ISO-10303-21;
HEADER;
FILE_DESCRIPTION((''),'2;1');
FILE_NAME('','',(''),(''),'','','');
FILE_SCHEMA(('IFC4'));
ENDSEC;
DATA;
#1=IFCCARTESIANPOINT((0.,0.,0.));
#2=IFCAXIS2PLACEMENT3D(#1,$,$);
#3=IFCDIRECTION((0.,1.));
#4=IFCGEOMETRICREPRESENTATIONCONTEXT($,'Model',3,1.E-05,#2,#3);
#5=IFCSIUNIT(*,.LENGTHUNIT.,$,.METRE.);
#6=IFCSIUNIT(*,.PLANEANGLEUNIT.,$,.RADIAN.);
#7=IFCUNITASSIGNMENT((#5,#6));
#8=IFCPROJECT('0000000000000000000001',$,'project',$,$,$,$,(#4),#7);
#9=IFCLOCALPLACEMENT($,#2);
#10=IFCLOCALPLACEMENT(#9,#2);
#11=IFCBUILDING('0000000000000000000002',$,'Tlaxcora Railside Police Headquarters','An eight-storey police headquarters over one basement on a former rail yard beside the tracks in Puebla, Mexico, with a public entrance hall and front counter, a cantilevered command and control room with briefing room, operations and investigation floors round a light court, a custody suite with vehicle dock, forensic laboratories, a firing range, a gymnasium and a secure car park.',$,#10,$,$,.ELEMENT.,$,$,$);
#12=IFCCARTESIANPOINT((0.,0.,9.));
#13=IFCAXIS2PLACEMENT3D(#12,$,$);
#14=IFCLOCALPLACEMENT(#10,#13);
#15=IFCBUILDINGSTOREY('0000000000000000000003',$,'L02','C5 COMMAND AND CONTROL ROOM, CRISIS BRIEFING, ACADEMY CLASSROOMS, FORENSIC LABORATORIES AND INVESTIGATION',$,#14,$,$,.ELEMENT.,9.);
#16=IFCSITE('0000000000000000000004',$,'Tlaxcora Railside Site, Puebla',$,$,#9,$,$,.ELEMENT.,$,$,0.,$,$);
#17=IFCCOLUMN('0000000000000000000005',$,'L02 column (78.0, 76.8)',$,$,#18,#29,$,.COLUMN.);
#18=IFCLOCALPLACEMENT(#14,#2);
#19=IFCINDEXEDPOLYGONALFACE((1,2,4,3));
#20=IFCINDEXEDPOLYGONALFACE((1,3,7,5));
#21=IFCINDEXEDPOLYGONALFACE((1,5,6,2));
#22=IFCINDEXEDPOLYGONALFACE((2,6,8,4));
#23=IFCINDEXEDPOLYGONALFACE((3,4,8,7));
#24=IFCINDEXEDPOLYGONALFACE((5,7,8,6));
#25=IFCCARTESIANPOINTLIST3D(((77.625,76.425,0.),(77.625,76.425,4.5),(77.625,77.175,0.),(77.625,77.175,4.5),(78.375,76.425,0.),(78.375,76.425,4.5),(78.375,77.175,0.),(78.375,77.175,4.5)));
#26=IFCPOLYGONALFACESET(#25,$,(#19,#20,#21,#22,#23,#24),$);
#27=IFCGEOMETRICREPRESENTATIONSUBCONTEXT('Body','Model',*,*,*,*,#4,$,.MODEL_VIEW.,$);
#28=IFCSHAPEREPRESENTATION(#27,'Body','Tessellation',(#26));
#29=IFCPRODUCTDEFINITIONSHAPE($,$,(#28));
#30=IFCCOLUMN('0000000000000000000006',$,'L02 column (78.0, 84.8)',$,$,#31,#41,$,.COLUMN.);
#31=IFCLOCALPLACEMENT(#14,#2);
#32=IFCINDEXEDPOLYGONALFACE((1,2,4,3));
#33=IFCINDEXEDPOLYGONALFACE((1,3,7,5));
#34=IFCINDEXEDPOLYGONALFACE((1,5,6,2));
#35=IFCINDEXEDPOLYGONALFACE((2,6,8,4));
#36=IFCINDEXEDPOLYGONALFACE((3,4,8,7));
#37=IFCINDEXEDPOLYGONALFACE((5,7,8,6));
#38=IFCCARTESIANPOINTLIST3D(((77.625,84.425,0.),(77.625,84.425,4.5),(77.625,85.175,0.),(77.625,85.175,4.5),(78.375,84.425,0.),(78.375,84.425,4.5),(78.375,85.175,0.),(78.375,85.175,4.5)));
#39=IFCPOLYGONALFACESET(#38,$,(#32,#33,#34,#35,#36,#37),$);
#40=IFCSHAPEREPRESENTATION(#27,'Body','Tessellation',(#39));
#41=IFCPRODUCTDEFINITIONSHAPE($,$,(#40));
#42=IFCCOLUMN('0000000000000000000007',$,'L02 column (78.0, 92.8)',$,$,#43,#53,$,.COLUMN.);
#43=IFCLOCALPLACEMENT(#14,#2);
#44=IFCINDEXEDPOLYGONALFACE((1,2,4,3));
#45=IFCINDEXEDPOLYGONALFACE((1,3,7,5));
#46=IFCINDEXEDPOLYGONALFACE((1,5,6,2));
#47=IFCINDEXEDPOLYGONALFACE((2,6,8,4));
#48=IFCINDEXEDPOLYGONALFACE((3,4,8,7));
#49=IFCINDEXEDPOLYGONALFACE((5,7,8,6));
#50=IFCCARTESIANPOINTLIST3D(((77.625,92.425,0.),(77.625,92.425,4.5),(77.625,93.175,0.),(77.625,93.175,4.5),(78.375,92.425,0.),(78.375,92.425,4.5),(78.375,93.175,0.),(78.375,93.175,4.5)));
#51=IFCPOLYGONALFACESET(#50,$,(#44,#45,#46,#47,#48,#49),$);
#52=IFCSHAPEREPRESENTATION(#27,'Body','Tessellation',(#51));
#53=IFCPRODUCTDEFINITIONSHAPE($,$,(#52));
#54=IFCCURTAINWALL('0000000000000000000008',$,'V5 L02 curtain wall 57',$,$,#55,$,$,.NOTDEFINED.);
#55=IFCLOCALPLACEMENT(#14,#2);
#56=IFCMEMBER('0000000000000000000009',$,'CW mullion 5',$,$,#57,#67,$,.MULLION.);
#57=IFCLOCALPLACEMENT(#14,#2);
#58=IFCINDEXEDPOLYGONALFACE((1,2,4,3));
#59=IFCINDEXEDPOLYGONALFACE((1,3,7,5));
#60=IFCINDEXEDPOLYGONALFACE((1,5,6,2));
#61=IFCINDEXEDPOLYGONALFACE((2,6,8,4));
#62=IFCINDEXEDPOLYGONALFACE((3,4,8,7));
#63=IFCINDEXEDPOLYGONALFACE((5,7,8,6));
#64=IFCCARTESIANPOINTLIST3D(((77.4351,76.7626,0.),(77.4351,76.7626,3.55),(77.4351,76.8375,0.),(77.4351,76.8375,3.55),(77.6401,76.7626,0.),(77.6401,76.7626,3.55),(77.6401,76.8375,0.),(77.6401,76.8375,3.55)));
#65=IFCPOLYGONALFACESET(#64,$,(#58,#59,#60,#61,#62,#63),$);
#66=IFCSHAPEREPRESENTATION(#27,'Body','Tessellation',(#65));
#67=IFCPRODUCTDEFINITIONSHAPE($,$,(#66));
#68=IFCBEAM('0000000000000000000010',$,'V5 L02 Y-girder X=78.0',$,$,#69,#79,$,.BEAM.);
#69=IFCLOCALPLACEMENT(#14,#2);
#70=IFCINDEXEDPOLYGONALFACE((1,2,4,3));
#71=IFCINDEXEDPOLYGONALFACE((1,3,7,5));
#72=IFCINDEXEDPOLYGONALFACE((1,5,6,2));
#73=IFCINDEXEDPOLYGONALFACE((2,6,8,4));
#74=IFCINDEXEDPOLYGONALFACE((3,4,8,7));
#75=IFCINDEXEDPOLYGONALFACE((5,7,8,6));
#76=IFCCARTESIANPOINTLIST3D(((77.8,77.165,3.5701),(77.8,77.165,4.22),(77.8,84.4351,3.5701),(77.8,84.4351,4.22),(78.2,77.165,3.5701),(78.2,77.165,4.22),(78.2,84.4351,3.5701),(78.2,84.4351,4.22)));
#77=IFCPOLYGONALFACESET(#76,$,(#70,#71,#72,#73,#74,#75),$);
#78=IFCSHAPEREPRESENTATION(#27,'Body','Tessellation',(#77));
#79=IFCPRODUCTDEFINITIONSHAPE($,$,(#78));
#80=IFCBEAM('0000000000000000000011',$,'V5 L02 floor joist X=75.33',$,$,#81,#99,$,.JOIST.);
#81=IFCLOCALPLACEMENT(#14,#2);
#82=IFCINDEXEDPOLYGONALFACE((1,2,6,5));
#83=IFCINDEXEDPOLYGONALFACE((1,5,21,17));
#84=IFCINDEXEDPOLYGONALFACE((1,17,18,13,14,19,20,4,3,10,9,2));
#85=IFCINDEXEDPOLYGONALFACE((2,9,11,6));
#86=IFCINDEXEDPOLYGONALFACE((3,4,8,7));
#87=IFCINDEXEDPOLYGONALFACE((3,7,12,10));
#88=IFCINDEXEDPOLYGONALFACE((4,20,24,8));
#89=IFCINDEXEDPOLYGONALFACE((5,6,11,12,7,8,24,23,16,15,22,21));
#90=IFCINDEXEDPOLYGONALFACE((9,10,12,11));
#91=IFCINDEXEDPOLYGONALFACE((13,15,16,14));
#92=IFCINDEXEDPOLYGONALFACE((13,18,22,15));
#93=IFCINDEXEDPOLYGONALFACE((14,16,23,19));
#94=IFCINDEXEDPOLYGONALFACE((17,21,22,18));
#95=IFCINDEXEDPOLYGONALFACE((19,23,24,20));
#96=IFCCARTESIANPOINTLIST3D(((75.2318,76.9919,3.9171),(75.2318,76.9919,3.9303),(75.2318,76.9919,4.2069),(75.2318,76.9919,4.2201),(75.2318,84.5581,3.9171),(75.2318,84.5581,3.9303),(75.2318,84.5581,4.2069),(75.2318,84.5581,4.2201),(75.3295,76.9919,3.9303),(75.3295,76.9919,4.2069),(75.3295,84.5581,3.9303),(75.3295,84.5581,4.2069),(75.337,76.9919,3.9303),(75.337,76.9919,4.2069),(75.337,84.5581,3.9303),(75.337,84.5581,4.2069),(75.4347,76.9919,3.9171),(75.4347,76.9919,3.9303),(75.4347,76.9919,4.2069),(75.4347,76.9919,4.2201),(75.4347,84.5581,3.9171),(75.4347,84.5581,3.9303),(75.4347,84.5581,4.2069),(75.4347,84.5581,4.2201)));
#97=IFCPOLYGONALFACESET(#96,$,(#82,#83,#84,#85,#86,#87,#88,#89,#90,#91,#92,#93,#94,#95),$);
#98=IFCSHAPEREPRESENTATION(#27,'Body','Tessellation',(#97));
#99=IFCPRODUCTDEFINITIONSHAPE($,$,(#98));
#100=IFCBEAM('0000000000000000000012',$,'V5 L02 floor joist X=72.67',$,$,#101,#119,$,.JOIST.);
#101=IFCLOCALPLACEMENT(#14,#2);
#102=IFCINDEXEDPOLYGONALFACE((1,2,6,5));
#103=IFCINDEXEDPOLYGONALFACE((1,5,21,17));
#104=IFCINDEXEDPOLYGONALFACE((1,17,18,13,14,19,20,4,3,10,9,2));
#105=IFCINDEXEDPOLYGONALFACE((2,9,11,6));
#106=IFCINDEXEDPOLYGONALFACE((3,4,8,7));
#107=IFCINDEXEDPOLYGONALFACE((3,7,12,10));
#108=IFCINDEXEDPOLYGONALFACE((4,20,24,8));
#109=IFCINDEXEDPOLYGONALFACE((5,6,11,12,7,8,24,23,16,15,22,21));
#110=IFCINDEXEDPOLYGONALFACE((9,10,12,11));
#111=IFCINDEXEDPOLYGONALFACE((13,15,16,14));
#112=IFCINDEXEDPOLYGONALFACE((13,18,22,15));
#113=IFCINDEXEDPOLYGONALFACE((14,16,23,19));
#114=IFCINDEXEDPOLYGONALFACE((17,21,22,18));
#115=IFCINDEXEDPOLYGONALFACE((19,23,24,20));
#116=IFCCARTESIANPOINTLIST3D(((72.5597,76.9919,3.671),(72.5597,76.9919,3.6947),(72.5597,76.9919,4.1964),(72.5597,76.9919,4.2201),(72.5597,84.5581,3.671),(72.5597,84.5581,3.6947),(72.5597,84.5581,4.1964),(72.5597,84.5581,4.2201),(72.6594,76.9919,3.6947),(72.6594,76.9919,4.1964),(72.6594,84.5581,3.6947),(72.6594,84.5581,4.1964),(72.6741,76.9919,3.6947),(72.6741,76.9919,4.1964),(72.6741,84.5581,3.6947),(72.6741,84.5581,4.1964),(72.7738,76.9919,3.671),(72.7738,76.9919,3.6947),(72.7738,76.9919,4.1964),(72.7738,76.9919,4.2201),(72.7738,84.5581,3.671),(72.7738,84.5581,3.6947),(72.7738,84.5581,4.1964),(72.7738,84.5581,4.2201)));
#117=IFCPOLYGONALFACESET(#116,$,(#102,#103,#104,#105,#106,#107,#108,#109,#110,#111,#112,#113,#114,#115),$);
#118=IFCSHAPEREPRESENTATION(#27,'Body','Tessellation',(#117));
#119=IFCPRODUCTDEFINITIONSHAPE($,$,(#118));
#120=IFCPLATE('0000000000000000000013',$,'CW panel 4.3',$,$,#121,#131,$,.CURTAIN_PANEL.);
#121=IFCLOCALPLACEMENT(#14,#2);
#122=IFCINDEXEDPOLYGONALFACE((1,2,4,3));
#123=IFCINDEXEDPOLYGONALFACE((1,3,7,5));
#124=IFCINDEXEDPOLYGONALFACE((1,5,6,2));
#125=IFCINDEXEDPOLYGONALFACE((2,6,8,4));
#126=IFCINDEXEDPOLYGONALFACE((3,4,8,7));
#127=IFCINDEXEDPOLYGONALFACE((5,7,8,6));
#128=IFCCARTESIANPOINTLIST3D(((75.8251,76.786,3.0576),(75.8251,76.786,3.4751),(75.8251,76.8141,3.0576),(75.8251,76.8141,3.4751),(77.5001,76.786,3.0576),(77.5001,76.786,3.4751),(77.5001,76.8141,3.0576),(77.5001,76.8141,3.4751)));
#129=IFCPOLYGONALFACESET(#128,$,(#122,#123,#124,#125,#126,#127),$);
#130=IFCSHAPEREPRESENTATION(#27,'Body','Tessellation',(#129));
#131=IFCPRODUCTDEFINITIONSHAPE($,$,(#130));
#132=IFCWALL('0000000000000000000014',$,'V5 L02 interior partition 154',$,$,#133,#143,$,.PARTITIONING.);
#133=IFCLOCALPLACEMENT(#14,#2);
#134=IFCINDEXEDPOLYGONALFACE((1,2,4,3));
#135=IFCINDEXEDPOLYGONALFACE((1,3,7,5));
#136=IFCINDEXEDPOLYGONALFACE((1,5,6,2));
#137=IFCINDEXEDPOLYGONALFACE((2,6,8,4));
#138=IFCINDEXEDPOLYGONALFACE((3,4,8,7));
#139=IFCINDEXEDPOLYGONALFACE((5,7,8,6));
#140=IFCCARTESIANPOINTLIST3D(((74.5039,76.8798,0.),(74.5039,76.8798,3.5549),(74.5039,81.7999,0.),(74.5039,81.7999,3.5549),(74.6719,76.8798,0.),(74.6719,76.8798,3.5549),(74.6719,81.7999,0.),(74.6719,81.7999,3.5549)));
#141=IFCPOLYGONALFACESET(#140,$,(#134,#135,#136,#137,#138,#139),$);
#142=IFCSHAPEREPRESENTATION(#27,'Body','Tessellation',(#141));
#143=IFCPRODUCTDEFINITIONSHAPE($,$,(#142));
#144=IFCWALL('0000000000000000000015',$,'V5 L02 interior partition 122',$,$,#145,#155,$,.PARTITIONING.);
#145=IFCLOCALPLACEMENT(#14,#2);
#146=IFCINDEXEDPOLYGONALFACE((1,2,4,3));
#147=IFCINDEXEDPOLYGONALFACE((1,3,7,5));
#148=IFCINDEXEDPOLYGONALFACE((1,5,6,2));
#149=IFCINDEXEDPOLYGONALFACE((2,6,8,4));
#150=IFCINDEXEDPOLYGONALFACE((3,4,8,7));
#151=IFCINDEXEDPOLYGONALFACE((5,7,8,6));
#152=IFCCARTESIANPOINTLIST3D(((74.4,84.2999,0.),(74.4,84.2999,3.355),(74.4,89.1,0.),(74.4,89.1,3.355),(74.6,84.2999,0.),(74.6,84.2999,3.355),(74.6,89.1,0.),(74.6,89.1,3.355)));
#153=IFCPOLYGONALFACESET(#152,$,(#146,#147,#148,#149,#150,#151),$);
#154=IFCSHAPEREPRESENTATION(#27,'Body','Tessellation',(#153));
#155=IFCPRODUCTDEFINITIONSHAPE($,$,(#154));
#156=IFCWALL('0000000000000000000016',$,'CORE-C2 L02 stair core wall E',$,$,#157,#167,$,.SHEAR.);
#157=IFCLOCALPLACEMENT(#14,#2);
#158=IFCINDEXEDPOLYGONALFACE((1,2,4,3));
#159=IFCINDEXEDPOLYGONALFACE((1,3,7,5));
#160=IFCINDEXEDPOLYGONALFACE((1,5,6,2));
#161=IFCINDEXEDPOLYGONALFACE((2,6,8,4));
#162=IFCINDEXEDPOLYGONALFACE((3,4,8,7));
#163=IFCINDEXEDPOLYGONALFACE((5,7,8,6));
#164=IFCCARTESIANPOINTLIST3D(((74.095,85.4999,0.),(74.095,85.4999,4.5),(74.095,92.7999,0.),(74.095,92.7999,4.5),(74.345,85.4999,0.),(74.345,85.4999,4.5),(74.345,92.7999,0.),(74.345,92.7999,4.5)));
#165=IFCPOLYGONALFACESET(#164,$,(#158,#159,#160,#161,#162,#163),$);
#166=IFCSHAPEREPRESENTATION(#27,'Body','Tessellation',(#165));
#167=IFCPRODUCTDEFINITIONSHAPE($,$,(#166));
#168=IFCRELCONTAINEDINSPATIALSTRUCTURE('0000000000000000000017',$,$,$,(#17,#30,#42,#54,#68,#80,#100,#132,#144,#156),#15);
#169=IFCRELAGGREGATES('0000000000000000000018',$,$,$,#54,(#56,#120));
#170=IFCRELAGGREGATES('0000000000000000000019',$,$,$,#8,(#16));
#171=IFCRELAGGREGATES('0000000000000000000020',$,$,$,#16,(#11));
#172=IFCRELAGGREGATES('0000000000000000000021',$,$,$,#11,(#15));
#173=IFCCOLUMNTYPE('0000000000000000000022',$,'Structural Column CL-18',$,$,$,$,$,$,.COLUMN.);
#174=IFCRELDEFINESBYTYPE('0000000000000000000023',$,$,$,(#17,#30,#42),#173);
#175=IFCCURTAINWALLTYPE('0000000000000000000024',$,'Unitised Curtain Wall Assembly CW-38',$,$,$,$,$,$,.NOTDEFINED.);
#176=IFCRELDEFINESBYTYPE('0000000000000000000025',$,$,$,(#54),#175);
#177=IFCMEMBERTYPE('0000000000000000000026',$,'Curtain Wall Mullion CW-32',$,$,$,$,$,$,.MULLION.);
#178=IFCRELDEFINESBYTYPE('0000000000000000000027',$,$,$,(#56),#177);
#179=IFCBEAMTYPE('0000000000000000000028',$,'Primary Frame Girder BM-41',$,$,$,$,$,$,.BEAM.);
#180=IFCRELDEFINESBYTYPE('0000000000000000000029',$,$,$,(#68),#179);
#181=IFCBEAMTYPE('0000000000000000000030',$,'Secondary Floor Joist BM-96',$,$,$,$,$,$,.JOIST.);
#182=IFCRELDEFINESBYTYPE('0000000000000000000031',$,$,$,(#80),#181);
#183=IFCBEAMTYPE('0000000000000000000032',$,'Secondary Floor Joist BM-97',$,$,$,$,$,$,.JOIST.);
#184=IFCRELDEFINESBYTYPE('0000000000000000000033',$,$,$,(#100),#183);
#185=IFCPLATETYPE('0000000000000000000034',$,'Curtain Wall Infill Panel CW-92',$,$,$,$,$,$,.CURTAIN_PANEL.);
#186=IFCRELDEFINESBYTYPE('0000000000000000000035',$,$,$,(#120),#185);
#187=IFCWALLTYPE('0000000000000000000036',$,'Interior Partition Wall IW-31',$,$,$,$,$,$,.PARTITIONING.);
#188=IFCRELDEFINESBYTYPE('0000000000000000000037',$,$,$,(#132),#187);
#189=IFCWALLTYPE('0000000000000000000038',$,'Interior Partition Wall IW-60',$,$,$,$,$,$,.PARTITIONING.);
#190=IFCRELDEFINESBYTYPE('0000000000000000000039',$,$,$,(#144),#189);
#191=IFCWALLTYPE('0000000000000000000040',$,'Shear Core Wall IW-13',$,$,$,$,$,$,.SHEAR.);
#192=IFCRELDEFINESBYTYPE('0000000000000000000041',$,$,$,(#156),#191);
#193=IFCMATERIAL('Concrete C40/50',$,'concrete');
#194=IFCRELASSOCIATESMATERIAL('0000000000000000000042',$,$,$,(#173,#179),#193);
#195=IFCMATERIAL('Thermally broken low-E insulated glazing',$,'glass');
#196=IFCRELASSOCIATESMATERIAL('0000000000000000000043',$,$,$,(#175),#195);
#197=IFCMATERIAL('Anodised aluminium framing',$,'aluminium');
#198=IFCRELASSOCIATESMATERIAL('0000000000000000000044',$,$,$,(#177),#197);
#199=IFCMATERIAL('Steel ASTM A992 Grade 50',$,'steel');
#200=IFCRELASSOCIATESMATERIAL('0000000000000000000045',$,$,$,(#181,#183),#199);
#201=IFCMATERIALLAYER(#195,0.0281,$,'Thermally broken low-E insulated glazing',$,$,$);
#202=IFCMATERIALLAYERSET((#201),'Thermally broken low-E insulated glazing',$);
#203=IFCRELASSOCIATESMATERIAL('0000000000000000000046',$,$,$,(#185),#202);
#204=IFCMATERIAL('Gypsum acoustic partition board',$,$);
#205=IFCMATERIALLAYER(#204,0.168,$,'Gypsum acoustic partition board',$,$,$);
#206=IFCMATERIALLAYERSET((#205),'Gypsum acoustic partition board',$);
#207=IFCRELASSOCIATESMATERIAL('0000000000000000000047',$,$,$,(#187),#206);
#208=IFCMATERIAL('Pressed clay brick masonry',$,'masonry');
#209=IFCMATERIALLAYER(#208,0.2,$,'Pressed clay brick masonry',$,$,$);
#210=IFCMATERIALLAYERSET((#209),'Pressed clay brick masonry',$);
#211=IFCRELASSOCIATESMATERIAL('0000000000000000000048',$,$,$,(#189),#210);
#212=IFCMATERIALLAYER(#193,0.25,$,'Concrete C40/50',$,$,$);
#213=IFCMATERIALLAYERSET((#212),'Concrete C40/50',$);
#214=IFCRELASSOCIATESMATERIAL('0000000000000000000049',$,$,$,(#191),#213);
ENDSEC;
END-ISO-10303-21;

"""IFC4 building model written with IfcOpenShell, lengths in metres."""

from ifc_helpers import new_model, si_unit, direction, frame, frame_2d, origin, origin_2d, place, context, subcontext, project, spatial, rectangle, i_section, extrude, material, layer, layer_set, material_profile, profile_set, type_object, element, aggregate, save


model = new_model("IFC4")

# Units and contexts
model_context = context("Model", 3, precision=1e-05, world=origin(), true_north=direction((0.0, 1.0)))
body_context = subcontext(model_context, "Body", "Model", "MODEL_VIEW")
ifc_project = project(units=[si_unit("LENGTHUNIT", "METRE"), si_unit("PLANEANGLEUNIT", "RADIAN")], contexts=[model_context])

# Site, building, storey
site_placement = place(None, origin())
site = spatial("IfcSite", under=ifc_project, at=site_placement, Name="Tlaxcora Railside Site, Puebla", CompositionType="ELEMENT", RefElevation=0.0)
building_placement = place(site_placement, origin())
building = spatial("IfcBuilding", under=site, at=building_placement, Name="Tlaxcora Railside Police Headquarters", Description="An eight-storey police headquarters over one basement on a former rail yard beside the tracks in Puebla, Mexico, with a public entrance hall and front counter, a cantilevered command and control room with briefing room, operations and investigation floors round a light court, a custody suite with vehicle dock, forensic laboratories, a firing range, a gymnasium and a secure car park.", CompositionType="ELEMENT")
storey_placement = place(building_placement, frame((0.0, 0.0, 9.0)))
storey = spatial("IfcBuildingStorey", under=building, at=storey_placement, Name="L02", Description="C5 COMMAND AND CONTROL ROOM, CRISIS BRIEFING, ACADEMY CLASSROOMS, FORENSIC LABORATORIES AND INVESTIGATION", CompositionType="ELEMENT", Elevation=9.0)

# Columns
ifc_material_1 = material(Name="Concrete C40/50", Category="concrete")
ifc_material_profile_1 = material_profile(ifc_material_1, rectangle(XDim=0.75, YDim=0.75, at=origin_2d()), Name="RC750X750")
ifc_profile_set_1 = profile_set([ifc_material_profile_1], Name="Concrete C40/50")
column_type = type_object("IfcColumnType", Name="Structural Column CL-18", PredefinedType="COLUMN", material=ifc_profile_set_1)
for number, where, z_axis, x_axis, name in (
    (1, (78.0, 76.8, 0.0), (0.0, 0.0, 1.0), (1.0, 0.0, 0.0), "L02 column (78.0, 76.8)"),
    (2, (78.0, 84.8, 0.0), (0.0, 0.0, 1.0), (1.0, 0.0, 0.0), "L02 column (78.0, 84.8)"),
    (3, (78.0, 92.8, 0.0), (0.0, 0.0, 1.0), (1.0, 0.0, 0.0), "L02 column (78.0, 92.8)"),
):
    element("IfcColumn", number, at=place(storey_placement, frame(where, z_axis=z_axis, x_axis=x_axis)), inside=storey, type_object=column_type, Name=name, PredefinedType="COLUMN", context=body_context, shape_type="SweptSolid", body=[
        extrude(rectangle(XDim=0.75, YDim=0.75, at=origin_2d()), origin(), (0.0, 0.0, 1.0), 4.5),
    ])

# Curtain wall, member
ifc_material_2 = material(Name="Thermally broken low-E insulated glazing", Category="glass")
curtain_wall_type = type_object("IfcCurtainWallType", Name="Unitised Curtain Wall Assembly CW-38", PredefinedType="NOTDEFINED", material=ifc_material_2)
curtain_wall_placement = place(storey_placement, origin())
curtain_wall = element("IfcCurtainWall", 4, at=curtain_wall_placement, inside=storey, type_object=curtain_wall_type, Name="V5 L02 curtain wall 57", PredefinedType="NOTDEFINED")
ifc_material_3 = material(Name="Anodised aluminium framing", Category="aluminium")
ifc_material_profile_2 = material_profile(ifc_material_3, rectangle(XDim=0.075, YDim=0.2051, at=origin_2d()), Name="AL75X205")
ifc_profile_set_2 = profile_set([ifc_material_profile_2], Name="Anodised aluminium framing")
member_type = type_object("IfcMemberType", Name="Curtain Wall Mullion CW-32", PredefinedType="MULLION", material=ifc_profile_set_2)
member_placement = place(storey_placement, frame((77.5376, 76.8, 0.0), z_axis=(0.0, 0.0, 1.0), x_axis=(0.0, 1.0, 0.0)))
member = element("IfcMember", 5, at=member_placement, type_object=member_type, Name="CW mullion 5", PredefinedType="MULLION", context=body_context, shape_type="SweptSolid", body=[
    extrude(rectangle(XDim=0.075, YDim=0.2051, at=origin_2d()), origin(), (0.0, 0.0, 1.0), 3.55),
])

# Beams
ifc_material_profile_3 = material_profile(ifc_material_1, rectangle(XDim=0.3999, YDim=0.6499, at=origin_2d()), Name="RC400X650")
ifc_profile_set_3 = profile_set([ifc_material_profile_3], Name="Concrete C40/50")
beam_type_1 = type_object("IfcBeamType", Name="Primary Frame Girder BM-41", PredefinedType="BEAM", material=ifc_profile_set_3)
beam_1_placement = place(storey_placement, frame((78.0, 77.165, 3.895), z_axis=(0.0, 1.0, 0.0), x_axis=(-1.0, 0.0, 0.0)))
element("IfcBeam", 6, at=beam_1_placement, inside=storey, type_object=beam_type_1, Name="V5 L02 Y-girder X=78.0", PredefinedType="BEAM", context=body_context, shape_type="SweptSolid", body=[
    extrude(rectangle(XDim=0.3999, YDim=0.6499, at=origin_2d()), origin(), (0.0, 0.0, 1.0), 7.27),
])
ifc_material_4 = material(Name="Steel ASTM A992 Grade 50", Category="steel")
ifc_material_profile_4 = material_profile(ifc_material_4, i_section(OverallWidth=0.2029, OverallDepth=0.303, WebThickness=0.0076, FlangeThickness=0.0132, at=origin_2d()), Name="W12X40")
ifc_profile_set_4 = profile_set([ifc_material_profile_4], Name="Steel ASTM A992 Grade 50")
beam_type_2 = type_object("IfcBeamType", Name="Secondary Floor Joist BM-96", PredefinedType="JOIST", material=ifc_profile_set_4)
beam_2_placement = place(storey_placement, frame((75.3333, 76.9919, 4.0686), z_axis=(0.0, 1.0, 0.0), x_axis=(-1.0, 0.0, 0.0)))
element("IfcBeam", 7, at=beam_2_placement, inside=storey, type_object=beam_type_2, Name="V5 L02 floor joist X=75.33", PredefinedType="JOIST", context=body_context, shape_type="SweptSolid", body=[
    extrude(i_section(OverallWidth=0.2029, OverallDepth=0.303, WebThickness=0.0076, FlangeThickness=0.0132, at=origin_2d()), origin(), (0.0, 0.0, 1.0), 7.5662),
])
ifc_material_profile_5 = material_profile(ifc_material_4, i_section(OverallWidth=0.2141, OverallDepth=0.5491, WebThickness=0.0146, FlangeThickness=0.0237, at=origin_2d()), Name="W21X93")
ifc_profile_set_5 = profile_set([ifc_material_profile_5], Name="Steel ASTM A992 Grade 50")
beam_type_3 = type_object("IfcBeamType", Name="Secondary Floor Joist BM-97", PredefinedType="JOIST", material=ifc_profile_set_5)
beam_3_placement = place(storey_placement, frame((72.6667, 76.9919, 3.9456), z_axis=(0.0, 1.0, 0.0), x_axis=(-1.0, 0.0, 0.0)))
element("IfcBeam", 8, at=beam_3_placement, inside=storey, type_object=beam_type_3, Name="V5 L02 floor joist X=72.67", PredefinedType="JOIST", context=body_context, shape_type="SweptSolid", body=[
    extrude(i_section(OverallWidth=0.2141, OverallDepth=0.5491, WebThickness=0.0146, FlangeThickness=0.0237, at=origin_2d()), origin(), (0.0, 0.0, 1.0), 7.5662),
])

# Plate
ifc_layer_1 = layer(ifc_material_2, 0.0281, Name="Thermally broken low-E insulated glazing")
ifc_layer_set_1 = layer_set([ifc_layer_1], Name="Thermally broken low-E insulated glazing")
plate_type = type_object("IfcPlateType", Name="Curtain Wall Infill Panel CW-92", PredefinedType="CURTAIN_PANEL", material=ifc_layer_set_1)
plate_placement = place(storey_placement, frame((76.6626, 76.8, 3.0576), z_axis=(0.0, 0.0, 1.0), x_axis=(1.0, 0.0, 0.0)))
plate = element("IfcPlate", 9, at=plate_placement, type_object=plate_type, Name="CW panel 4.3", PredefinedType="CURTAIN_PANEL", context=body_context, shape_type="SweptSolid", body=[
    extrude(rectangle(XDim=1.675, YDim=0.0281, at=origin_2d()), origin(), (0.0, 0.0, 1.0), 0.4175),
])
aggregate(curtain_wall, [member, plate])

# Wall
ifc_material_5 = material(Name="Gypsum acoustic partition board")
ifc_layer_2 = layer(ifc_material_5, 0.168, Name="Gypsum acoustic partition board")
ifc_layer_set_2 = layer_set([ifc_layer_2], Name="Gypsum acoustic partition board")
wall_type_1 = type_object("IfcWallType", Name="Interior Partition Wall IW-31", PredefinedType="PARTITIONING", material=ifc_layer_set_2)
wall_1_placement = place(storey_placement, frame((74.5879, 76.8799, 0.0), z_axis=(0.0, 0.0, 1.0), x_axis=(0.0, 1.0, 0.0)))
element("IfcWall", 10, at=wall_1_placement, inside=storey, type_object=wall_type_1, Name="V5 L02 interior partition 154", PredefinedType="PARTITIONING", context=body_context, shape_type="SweptSolid", body=[
    extrude(rectangle(XDim=4.9202, YDim=0.168, at=frame_2d((2.46, 0.0))), origin(), (0.0, 0.0, 1.0), 3.5549),
])

# Shared definitions
ifc_material_6 = material(Name="Pressed clay brick masonry", Category="masonry")
ifc_layer_3 = layer(ifc_material_6, 0.2, Name="Pressed clay brick masonry")
ifc_layer_set_3 = layer_set([ifc_layer_3], Name="Pressed clay brick masonry")
wall_type_2 = type_object("IfcWallType", Name="Interior Partition Wall IW-60", PredefinedType="PARTITIONING", material=ifc_layer_set_3)

# Walls
wall_2_placement = place(storey_placement, frame((74.5, 84.3, 0.0), z_axis=(0.0, 0.0, 1.0), x_axis=(0.0, 1.0, 0.0)))
element("IfcWall", 11, at=wall_2_placement, inside=storey, type_object=wall_type_2, Name="V5 L02 interior partition 122", PredefinedType="PARTITIONING", context=body_context, shape_type="SweptSolid", body=[
    extrude(rectangle(XDim=4.8, YDim=0.2, at=frame_2d((2.3999, 0.0))), origin(), (0.0, 0.0, 1.0), 3.355),
])
ifc_layer_4 = layer(ifc_material_1, 0.25, Name="Concrete C40/50")
ifc_layer_set_4 = layer_set([ifc_layer_4], Name="Concrete C40/50")
wall_type_3 = type_object("IfcWallType", Name="Shear Core Wall IW-13", PredefinedType="SHEAR", material=ifc_layer_set_4)
wall_3_placement = place(storey_placement, frame((74.22, 85.5, 0.0), z_axis=(0.0, 0.0, 1.0), x_axis=(0.0, 1.0, 0.0)))
element("IfcWall", 12, at=wall_3_placement, inside=storey, type_object=wall_type_3, Name="CORE-C2 L02 stair core wall E", PredefinedType="SHEAR", context=body_context, shape_type="SweptSolid", body=[
    extrude(rectangle(XDim=7.3, YDim=0.25, at=frame_2d((3.6499, 0.0))), origin(), (0.0, 0.0, 1.0), 4.5),
])

save(model, "model.ifc")
